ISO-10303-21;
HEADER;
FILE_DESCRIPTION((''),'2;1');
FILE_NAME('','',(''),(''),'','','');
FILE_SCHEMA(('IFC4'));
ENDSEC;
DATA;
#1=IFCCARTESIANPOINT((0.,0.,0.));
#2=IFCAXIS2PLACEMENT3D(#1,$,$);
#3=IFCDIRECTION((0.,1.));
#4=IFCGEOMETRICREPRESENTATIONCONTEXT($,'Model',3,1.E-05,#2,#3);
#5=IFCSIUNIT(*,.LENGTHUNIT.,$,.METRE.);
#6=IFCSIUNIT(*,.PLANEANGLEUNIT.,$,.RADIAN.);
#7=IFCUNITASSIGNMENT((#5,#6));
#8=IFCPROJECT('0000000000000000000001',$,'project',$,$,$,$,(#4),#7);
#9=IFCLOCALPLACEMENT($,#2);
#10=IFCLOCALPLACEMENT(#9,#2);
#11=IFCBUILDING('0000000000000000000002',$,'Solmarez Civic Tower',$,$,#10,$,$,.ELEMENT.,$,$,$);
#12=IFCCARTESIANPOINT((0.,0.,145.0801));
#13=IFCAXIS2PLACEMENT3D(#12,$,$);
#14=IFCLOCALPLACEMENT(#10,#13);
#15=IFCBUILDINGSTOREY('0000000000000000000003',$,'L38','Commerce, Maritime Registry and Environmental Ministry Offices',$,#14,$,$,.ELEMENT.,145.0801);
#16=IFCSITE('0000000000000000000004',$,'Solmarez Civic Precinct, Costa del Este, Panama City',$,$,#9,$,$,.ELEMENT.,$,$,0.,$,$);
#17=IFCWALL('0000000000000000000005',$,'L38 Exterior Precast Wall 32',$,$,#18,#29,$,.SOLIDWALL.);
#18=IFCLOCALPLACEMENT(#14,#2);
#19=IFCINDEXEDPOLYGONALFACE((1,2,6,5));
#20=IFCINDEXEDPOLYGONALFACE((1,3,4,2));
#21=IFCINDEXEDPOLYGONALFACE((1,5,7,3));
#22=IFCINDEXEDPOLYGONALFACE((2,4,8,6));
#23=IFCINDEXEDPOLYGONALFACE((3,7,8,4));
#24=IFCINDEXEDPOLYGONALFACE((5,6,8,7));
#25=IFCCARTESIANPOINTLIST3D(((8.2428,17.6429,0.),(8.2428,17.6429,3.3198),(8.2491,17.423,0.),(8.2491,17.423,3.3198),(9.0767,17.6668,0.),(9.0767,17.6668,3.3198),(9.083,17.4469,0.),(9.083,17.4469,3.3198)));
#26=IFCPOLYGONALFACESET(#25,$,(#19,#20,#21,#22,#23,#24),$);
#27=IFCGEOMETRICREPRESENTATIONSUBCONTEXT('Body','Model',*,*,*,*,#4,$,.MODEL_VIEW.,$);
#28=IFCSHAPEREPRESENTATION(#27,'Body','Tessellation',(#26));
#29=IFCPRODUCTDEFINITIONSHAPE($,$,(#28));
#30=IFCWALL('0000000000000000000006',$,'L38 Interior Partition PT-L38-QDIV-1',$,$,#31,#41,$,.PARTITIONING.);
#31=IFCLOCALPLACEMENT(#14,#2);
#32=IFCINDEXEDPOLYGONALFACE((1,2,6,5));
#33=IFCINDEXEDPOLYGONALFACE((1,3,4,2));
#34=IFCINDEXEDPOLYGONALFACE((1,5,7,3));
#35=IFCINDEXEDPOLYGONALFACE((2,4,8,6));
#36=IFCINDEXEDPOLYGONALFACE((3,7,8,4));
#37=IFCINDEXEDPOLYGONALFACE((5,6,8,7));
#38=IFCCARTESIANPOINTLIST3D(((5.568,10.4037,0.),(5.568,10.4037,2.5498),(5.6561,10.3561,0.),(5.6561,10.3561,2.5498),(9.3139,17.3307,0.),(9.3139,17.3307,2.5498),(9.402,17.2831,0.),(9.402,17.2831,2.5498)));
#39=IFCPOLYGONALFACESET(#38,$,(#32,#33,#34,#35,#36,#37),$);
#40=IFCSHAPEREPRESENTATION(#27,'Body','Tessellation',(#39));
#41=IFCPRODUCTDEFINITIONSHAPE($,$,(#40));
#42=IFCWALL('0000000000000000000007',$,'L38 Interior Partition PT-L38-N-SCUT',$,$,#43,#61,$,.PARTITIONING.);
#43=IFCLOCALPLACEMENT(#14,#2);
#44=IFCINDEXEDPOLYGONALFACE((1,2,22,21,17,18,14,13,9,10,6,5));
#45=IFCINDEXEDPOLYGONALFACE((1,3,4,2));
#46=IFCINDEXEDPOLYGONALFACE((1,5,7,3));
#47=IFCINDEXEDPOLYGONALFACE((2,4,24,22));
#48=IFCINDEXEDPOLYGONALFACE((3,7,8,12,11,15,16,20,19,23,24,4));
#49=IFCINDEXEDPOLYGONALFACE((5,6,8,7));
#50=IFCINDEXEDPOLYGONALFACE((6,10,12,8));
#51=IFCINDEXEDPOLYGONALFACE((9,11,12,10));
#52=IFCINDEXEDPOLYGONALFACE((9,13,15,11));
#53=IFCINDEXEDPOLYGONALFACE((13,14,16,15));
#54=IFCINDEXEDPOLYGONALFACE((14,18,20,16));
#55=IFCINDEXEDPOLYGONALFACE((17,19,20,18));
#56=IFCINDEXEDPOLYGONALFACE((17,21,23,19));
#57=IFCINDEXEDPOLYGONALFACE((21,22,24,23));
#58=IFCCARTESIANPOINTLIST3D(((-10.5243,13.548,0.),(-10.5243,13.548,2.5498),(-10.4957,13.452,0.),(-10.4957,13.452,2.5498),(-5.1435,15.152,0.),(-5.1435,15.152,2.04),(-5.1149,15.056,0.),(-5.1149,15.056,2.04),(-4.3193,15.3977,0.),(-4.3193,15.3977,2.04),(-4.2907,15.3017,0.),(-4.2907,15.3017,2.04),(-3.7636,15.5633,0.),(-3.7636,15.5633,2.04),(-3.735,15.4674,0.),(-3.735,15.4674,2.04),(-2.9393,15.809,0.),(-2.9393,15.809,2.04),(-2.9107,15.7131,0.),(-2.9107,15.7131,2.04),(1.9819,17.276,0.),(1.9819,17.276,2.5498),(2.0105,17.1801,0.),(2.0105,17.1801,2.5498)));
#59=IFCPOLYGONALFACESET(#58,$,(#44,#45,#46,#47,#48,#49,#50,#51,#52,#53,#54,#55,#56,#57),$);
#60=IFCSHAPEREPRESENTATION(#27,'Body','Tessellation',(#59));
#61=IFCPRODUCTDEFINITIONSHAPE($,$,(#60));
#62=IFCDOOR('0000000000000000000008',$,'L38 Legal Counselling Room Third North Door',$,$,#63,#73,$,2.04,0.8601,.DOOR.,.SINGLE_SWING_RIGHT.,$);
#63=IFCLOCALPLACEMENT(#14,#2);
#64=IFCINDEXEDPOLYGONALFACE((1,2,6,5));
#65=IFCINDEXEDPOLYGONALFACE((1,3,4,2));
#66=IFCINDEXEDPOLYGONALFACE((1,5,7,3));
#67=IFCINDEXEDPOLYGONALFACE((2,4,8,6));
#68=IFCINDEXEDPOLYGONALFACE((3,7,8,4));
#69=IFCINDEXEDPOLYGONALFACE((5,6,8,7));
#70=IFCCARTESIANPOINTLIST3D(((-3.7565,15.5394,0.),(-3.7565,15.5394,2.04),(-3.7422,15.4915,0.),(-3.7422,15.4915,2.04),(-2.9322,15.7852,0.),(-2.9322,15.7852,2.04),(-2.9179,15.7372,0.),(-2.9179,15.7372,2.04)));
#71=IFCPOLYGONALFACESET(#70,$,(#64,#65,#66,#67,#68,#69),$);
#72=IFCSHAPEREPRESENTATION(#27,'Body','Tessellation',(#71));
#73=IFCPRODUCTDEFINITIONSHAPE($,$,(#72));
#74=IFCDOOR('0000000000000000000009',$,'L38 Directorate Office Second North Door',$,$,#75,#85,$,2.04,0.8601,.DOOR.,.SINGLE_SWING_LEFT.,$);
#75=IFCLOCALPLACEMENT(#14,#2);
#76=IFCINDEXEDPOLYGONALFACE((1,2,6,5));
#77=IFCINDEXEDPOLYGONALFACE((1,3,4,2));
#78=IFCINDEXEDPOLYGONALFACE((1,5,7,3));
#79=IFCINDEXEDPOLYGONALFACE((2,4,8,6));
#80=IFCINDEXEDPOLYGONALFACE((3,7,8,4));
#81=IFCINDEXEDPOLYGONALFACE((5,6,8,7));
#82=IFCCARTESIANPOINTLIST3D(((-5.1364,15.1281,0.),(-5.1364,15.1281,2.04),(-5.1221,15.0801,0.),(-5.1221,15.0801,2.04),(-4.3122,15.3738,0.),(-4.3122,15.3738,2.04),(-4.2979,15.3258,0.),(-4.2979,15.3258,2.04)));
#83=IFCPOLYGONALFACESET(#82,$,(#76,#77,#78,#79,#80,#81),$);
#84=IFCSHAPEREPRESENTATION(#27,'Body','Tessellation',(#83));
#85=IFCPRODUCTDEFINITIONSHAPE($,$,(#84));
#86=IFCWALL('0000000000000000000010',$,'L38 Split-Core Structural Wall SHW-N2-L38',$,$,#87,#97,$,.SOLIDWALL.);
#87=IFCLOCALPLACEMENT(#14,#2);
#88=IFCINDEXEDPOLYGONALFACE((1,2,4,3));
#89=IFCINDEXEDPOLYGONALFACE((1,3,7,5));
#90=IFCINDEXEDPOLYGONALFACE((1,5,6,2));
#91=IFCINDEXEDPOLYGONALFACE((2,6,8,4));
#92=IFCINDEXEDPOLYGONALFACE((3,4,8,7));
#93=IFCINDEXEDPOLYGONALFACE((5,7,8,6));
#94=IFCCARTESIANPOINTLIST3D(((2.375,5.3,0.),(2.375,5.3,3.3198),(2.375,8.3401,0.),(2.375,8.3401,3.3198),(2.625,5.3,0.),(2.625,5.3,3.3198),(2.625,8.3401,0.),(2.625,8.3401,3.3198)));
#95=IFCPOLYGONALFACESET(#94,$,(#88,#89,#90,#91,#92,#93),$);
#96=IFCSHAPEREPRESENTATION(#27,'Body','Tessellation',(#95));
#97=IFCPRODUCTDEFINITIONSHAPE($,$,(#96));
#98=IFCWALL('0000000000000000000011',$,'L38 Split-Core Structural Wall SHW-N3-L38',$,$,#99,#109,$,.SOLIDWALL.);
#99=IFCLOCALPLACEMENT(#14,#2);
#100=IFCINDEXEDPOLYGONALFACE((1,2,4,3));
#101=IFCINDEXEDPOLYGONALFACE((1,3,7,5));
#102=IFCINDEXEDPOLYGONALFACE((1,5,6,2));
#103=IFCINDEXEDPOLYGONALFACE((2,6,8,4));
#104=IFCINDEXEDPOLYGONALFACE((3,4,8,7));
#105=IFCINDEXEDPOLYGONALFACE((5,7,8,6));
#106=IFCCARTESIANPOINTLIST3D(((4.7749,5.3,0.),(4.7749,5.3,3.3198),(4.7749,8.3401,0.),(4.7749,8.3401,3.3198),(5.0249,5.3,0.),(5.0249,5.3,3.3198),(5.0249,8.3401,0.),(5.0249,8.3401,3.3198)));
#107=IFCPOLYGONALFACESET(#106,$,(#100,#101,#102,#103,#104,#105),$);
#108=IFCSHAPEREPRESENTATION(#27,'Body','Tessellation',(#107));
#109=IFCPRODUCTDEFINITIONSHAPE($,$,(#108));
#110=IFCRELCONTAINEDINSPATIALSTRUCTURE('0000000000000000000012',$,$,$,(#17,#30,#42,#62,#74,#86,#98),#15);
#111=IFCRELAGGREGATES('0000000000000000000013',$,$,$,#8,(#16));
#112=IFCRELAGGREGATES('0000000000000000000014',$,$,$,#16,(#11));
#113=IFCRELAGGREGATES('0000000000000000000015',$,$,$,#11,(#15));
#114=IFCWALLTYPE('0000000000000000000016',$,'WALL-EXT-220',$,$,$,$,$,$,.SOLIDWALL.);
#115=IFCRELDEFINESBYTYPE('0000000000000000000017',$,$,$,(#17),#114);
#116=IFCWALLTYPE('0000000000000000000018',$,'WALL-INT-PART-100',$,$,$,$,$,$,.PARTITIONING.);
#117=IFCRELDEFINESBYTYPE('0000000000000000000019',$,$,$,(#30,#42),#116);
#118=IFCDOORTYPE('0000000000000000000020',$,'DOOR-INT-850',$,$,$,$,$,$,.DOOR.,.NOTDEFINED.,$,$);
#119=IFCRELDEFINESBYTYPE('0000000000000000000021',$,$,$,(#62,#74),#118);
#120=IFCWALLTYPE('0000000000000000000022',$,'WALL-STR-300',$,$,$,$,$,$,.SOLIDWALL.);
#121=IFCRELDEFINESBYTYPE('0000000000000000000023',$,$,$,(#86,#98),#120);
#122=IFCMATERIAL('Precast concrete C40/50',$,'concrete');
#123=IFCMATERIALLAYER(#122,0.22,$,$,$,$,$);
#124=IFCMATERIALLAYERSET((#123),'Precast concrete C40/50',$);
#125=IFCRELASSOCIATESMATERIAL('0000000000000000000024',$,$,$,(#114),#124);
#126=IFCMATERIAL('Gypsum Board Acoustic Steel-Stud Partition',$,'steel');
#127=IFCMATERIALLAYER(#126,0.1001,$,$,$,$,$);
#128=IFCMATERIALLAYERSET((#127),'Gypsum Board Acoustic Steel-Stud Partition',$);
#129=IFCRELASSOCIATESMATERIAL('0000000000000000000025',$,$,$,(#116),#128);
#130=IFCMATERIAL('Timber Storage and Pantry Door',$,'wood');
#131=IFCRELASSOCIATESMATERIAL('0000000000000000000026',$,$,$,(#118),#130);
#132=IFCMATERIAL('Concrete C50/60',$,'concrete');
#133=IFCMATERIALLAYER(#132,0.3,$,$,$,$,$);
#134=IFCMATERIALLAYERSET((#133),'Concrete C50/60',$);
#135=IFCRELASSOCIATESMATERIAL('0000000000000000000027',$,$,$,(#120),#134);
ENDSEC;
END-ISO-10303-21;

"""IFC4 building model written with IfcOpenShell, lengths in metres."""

from ifc_helpers import new_model, si_unit, direction, frame, frame_2d, origin, place, context, subcontext, project, spatial, rectangle, extrude, material, layer, layer_set, type_object, element, fill, save


model = new_model("IFC4")

# Units and contexts
model_context = context("Model", 3, precision=1e-05, world=origin(), true_north=direction((0.0, 1.0)))
body_context = subcontext(model_context, "Body", "Model", "MODEL_VIEW")
ifc_project = project(units=[si_unit("LENGTHUNIT", "METRE"), si_unit("PLANEANGLEUNIT", "RADIAN")], contexts=[model_context])

# Site, building, storey
site_placement = place(None, origin())
site = spatial("IfcSite", under=ifc_project, at=site_placement, Name="Solmarez Civic Precinct, Costa del Este, Panama City", CompositionType="ELEMENT", RefElevation=0.0)
building_placement = place(site_placement, origin())
building = spatial("IfcBuilding", under=site, at=building_placement, Name="Solmarez Civic Tower", CompositionType="ELEMENT")
storey_placement = place(building_placement, frame((0.0, 0.0, 145.0801)))
storey = spatial("IfcBuildingStorey", under=building, at=storey_placement, Name="L38", Description="Commerce, Maritime Registry and Environmental Ministry Offices", CompositionType="ELEMENT", Elevation=145.0801)

# Shared definitions
ifc_material_1 = material(Name="Concrete C50/60", Category="concrete")

# Walls
ifc_material_2 = material(Name="Precast concrete C40/50", Category="concrete")
ifc_layer_1 = layer(ifc_material_2, 0.22)
ifc_layer_set_1 = layer_set([ifc_layer_1], Name="Precast concrete C40/50")
wall_type_1 = type_object("IfcWallType", Name="WALL-EXT-220", PredefinedType="SOLIDWALL", material=ifc_layer_set_1)
wall_1_placement = place(storey_placement, frame((8.2461, 17.533, 0.0), z_axis=(0.0, 0.0, 1.0), x_axis=(0.999589, 0.028677, 0.0)))
element("IfcWall", 1, at=wall_1_placement, inside=storey, type_object=wall_type_1, Name="L38 Exterior Precast Wall 32", PredefinedType="SOLIDWALL", context=body_context, shape_type="SweptSolid", body=[
    extrude(rectangle(XDim=0.8342, YDim=0.22, at=frame_2d((0.417, 0.0))), origin(), (0.0, 0.0, 1.0), 3.3198),
])
ifc_material_3 = material(Name="Gypsum Board Acoustic Steel-Stud Partition", Category="steel")
ifc_layer_2 = layer(ifc_material_3, 0.1001)
ifc_layer_set_2 = layer_set([ifc_layer_2], Name="Gypsum Board Acoustic Steel-Stud Partition")
wall_type_2 = type_object("IfcWallType", Name="WALL-INT-PART-100", PredefinedType="PARTITIONING", material=ifc_layer_set_2)
wall_2_placement = place(storey_placement, frame((5.6121, 10.3799, 0.0), z_axis=(0.0, 0.0, 1.0), x_axis=(0.475667, 0.879626, 0.0)))
element("IfcWall", 2, at=wall_2_placement, inside=storey, type_object=wall_type_2, Name="L38 Interior Partition PT-L38-QDIV-1", PredefinedType="PARTITIONING", context=body_context, shape_type="SweptSolid", body=[
    extrude(rectangle(XDim=7.875, YDim=0.1001, at=frame_2d((3.9375, 0.0))), origin(), (0.0, 0.0, 1.0), 2.5498),
])

# Wall, openings, doors
wall_3_placement = place(storey_placement, frame((1.9961, 17.228, 0.0), z_axis=(0.0, 0.0, 1.0), x_axis=(-0.958327, -0.285674, 0.0)))
wall_3 = element("IfcWall", 3, at=wall_3_placement, inside=storey, type_object=wall_type_2, Name="L38 Interior Partition PT-L38-N-SCUT", PredefinedType="PARTITIONING", context=body_context, shape_type="SweptSolid", body=[
    extrude(rectangle(XDim=13.05, YDim=0.1001, at=frame_2d((6.5249, 0.0))), origin(), (0.0, 0.0, 1.0), 2.5498),
])
opening_1_placement = place(wall_3_placement, frame((5.135, 0.0, 0.0)))
opening_1 = element("IfcOpeningElement", 4, at=opening_1_placement, cuts=wall_3, PredefinedType="OPENING", context=body_context, shape_type="SweptSolid", body=[
    extrude(rectangle(XDim=0.8601, YDim=2.04, at=frame_2d((0.4302, 1.02))), frame((0.0, 0.0601, 0.0), z_axis=(0.0, -1.0, 0.0), x_axis=(1.0, 0.0, 0.0)), (0.0, 0.0, 1.0), 0.1201),
])
opening_2_placement = place(wall_3_placement, frame((6.575, 0.0, 0.0)))
opening_2 = element("IfcOpeningElement", 5, at=opening_2_placement, cuts=wall_3, PredefinedType="OPENING", context=body_context, shape_type="SweptSolid", body=[
    extrude(rectangle(XDim=0.8601, YDim=2.04, at=frame_2d((0.4302, 1.02))), frame((0.0, 0.0601, 0.0), z_axis=(0.0, -1.0, 0.0), x_axis=(1.0, 0.0, 0.0)), (0.0, 0.0, 1.0), 0.1201),
])
ifc_material_4 = material(Name="Timber Storage and Pantry Door", Category="wood")
door_type = type_object("IfcDoorType", Name="DOOR-INT-850", OperationType="NOTDEFINED", PredefinedType="DOOR", material=ifc_material_4)
door_1_placement = place(opening_1_placement, origin())
door_1 = element("IfcDoor", 6, at=door_1_placement, inside=storey, type_object=door_type, Name="L38 Legal Counselling Room Third North Door", OperationType="SINGLE_SWING_RIGHT", OverallHeight=2.04, OverallWidth=0.8601, PredefinedType="DOOR", context=body_context, shape_type="SweptSolid", body=[
    extrude(rectangle(XDim=0.8601, YDim=2.04, at=frame_2d((0.4302, 1.02))), frame((0.0, 0.0249, 0.0), z_axis=(0.0, -1.0, 0.0), x_axis=(1.0, 0.0, 0.0)), (0.0, 0.0, 1.0), 0.05),
])
fill(opening_1, door_1)
door_2_placement = place(opening_2_placement, origin())
door_2 = element("IfcDoor", 7, at=door_2_placement, inside=storey, type_object=door_type, Name="L38 Directorate Office Second North Door", OperationType="SINGLE_SWING_LEFT", OverallHeight=2.04, OverallWidth=0.8601, PredefinedType="DOOR", context=body_context, shape_type="SweptSolid", body=[
    extrude(rectangle(XDim=0.8601, YDim=2.04, at=frame_2d((0.4302, 1.02))), frame((0.0, 0.0249, 0.0), z_axis=(0.0, -1.0, 0.0), x_axis=(1.0, 0.0, 0.0)), (0.0, 0.0, 1.0), 0.05),
])
fill(opening_2, door_2)

# Walls
ifc_layer_3 = layer(ifc_material_1, 0.3)
ifc_layer_set_3 = layer_set([ifc_layer_3], Name="Concrete C50/60")
wall_type_3 = type_object("IfcWallType", Name="WALL-STR-300", PredefinedType="SOLIDWALL", material=ifc_layer_set_3)
for number, where, z_axis, x_axis, name in (
    (8, (2.5, 5.3, 0.0), (0.0, 0.0, 1.0), (0.0, 1.0, 0.0), "L38 Split-Core Structural Wall SHW-N2-L38"),
    (9, (4.8999, 5.3, 0.0), (0.0, 0.0, 1.0), (0.0, 1.0, 0.0), "L38 Split-Core Structural Wall SHW-N3-L38"),
):
    element("IfcWall", number, at=place(storey_placement, frame(where, z_axis=z_axis, x_axis=x_axis)), inside=storey, type_object=wall_type_3, Name=name, PredefinedType="SOLIDWALL", context=body_context, shape_type="SweptSolid", body=[
        extrude(rectangle(XDim=3.04, YDim=0.25, at=frame_2d((1.52, 0.0))), origin(), (0.0, 0.0, 1.0), 3.3198),
    ])

save(model, "model.ifc")
